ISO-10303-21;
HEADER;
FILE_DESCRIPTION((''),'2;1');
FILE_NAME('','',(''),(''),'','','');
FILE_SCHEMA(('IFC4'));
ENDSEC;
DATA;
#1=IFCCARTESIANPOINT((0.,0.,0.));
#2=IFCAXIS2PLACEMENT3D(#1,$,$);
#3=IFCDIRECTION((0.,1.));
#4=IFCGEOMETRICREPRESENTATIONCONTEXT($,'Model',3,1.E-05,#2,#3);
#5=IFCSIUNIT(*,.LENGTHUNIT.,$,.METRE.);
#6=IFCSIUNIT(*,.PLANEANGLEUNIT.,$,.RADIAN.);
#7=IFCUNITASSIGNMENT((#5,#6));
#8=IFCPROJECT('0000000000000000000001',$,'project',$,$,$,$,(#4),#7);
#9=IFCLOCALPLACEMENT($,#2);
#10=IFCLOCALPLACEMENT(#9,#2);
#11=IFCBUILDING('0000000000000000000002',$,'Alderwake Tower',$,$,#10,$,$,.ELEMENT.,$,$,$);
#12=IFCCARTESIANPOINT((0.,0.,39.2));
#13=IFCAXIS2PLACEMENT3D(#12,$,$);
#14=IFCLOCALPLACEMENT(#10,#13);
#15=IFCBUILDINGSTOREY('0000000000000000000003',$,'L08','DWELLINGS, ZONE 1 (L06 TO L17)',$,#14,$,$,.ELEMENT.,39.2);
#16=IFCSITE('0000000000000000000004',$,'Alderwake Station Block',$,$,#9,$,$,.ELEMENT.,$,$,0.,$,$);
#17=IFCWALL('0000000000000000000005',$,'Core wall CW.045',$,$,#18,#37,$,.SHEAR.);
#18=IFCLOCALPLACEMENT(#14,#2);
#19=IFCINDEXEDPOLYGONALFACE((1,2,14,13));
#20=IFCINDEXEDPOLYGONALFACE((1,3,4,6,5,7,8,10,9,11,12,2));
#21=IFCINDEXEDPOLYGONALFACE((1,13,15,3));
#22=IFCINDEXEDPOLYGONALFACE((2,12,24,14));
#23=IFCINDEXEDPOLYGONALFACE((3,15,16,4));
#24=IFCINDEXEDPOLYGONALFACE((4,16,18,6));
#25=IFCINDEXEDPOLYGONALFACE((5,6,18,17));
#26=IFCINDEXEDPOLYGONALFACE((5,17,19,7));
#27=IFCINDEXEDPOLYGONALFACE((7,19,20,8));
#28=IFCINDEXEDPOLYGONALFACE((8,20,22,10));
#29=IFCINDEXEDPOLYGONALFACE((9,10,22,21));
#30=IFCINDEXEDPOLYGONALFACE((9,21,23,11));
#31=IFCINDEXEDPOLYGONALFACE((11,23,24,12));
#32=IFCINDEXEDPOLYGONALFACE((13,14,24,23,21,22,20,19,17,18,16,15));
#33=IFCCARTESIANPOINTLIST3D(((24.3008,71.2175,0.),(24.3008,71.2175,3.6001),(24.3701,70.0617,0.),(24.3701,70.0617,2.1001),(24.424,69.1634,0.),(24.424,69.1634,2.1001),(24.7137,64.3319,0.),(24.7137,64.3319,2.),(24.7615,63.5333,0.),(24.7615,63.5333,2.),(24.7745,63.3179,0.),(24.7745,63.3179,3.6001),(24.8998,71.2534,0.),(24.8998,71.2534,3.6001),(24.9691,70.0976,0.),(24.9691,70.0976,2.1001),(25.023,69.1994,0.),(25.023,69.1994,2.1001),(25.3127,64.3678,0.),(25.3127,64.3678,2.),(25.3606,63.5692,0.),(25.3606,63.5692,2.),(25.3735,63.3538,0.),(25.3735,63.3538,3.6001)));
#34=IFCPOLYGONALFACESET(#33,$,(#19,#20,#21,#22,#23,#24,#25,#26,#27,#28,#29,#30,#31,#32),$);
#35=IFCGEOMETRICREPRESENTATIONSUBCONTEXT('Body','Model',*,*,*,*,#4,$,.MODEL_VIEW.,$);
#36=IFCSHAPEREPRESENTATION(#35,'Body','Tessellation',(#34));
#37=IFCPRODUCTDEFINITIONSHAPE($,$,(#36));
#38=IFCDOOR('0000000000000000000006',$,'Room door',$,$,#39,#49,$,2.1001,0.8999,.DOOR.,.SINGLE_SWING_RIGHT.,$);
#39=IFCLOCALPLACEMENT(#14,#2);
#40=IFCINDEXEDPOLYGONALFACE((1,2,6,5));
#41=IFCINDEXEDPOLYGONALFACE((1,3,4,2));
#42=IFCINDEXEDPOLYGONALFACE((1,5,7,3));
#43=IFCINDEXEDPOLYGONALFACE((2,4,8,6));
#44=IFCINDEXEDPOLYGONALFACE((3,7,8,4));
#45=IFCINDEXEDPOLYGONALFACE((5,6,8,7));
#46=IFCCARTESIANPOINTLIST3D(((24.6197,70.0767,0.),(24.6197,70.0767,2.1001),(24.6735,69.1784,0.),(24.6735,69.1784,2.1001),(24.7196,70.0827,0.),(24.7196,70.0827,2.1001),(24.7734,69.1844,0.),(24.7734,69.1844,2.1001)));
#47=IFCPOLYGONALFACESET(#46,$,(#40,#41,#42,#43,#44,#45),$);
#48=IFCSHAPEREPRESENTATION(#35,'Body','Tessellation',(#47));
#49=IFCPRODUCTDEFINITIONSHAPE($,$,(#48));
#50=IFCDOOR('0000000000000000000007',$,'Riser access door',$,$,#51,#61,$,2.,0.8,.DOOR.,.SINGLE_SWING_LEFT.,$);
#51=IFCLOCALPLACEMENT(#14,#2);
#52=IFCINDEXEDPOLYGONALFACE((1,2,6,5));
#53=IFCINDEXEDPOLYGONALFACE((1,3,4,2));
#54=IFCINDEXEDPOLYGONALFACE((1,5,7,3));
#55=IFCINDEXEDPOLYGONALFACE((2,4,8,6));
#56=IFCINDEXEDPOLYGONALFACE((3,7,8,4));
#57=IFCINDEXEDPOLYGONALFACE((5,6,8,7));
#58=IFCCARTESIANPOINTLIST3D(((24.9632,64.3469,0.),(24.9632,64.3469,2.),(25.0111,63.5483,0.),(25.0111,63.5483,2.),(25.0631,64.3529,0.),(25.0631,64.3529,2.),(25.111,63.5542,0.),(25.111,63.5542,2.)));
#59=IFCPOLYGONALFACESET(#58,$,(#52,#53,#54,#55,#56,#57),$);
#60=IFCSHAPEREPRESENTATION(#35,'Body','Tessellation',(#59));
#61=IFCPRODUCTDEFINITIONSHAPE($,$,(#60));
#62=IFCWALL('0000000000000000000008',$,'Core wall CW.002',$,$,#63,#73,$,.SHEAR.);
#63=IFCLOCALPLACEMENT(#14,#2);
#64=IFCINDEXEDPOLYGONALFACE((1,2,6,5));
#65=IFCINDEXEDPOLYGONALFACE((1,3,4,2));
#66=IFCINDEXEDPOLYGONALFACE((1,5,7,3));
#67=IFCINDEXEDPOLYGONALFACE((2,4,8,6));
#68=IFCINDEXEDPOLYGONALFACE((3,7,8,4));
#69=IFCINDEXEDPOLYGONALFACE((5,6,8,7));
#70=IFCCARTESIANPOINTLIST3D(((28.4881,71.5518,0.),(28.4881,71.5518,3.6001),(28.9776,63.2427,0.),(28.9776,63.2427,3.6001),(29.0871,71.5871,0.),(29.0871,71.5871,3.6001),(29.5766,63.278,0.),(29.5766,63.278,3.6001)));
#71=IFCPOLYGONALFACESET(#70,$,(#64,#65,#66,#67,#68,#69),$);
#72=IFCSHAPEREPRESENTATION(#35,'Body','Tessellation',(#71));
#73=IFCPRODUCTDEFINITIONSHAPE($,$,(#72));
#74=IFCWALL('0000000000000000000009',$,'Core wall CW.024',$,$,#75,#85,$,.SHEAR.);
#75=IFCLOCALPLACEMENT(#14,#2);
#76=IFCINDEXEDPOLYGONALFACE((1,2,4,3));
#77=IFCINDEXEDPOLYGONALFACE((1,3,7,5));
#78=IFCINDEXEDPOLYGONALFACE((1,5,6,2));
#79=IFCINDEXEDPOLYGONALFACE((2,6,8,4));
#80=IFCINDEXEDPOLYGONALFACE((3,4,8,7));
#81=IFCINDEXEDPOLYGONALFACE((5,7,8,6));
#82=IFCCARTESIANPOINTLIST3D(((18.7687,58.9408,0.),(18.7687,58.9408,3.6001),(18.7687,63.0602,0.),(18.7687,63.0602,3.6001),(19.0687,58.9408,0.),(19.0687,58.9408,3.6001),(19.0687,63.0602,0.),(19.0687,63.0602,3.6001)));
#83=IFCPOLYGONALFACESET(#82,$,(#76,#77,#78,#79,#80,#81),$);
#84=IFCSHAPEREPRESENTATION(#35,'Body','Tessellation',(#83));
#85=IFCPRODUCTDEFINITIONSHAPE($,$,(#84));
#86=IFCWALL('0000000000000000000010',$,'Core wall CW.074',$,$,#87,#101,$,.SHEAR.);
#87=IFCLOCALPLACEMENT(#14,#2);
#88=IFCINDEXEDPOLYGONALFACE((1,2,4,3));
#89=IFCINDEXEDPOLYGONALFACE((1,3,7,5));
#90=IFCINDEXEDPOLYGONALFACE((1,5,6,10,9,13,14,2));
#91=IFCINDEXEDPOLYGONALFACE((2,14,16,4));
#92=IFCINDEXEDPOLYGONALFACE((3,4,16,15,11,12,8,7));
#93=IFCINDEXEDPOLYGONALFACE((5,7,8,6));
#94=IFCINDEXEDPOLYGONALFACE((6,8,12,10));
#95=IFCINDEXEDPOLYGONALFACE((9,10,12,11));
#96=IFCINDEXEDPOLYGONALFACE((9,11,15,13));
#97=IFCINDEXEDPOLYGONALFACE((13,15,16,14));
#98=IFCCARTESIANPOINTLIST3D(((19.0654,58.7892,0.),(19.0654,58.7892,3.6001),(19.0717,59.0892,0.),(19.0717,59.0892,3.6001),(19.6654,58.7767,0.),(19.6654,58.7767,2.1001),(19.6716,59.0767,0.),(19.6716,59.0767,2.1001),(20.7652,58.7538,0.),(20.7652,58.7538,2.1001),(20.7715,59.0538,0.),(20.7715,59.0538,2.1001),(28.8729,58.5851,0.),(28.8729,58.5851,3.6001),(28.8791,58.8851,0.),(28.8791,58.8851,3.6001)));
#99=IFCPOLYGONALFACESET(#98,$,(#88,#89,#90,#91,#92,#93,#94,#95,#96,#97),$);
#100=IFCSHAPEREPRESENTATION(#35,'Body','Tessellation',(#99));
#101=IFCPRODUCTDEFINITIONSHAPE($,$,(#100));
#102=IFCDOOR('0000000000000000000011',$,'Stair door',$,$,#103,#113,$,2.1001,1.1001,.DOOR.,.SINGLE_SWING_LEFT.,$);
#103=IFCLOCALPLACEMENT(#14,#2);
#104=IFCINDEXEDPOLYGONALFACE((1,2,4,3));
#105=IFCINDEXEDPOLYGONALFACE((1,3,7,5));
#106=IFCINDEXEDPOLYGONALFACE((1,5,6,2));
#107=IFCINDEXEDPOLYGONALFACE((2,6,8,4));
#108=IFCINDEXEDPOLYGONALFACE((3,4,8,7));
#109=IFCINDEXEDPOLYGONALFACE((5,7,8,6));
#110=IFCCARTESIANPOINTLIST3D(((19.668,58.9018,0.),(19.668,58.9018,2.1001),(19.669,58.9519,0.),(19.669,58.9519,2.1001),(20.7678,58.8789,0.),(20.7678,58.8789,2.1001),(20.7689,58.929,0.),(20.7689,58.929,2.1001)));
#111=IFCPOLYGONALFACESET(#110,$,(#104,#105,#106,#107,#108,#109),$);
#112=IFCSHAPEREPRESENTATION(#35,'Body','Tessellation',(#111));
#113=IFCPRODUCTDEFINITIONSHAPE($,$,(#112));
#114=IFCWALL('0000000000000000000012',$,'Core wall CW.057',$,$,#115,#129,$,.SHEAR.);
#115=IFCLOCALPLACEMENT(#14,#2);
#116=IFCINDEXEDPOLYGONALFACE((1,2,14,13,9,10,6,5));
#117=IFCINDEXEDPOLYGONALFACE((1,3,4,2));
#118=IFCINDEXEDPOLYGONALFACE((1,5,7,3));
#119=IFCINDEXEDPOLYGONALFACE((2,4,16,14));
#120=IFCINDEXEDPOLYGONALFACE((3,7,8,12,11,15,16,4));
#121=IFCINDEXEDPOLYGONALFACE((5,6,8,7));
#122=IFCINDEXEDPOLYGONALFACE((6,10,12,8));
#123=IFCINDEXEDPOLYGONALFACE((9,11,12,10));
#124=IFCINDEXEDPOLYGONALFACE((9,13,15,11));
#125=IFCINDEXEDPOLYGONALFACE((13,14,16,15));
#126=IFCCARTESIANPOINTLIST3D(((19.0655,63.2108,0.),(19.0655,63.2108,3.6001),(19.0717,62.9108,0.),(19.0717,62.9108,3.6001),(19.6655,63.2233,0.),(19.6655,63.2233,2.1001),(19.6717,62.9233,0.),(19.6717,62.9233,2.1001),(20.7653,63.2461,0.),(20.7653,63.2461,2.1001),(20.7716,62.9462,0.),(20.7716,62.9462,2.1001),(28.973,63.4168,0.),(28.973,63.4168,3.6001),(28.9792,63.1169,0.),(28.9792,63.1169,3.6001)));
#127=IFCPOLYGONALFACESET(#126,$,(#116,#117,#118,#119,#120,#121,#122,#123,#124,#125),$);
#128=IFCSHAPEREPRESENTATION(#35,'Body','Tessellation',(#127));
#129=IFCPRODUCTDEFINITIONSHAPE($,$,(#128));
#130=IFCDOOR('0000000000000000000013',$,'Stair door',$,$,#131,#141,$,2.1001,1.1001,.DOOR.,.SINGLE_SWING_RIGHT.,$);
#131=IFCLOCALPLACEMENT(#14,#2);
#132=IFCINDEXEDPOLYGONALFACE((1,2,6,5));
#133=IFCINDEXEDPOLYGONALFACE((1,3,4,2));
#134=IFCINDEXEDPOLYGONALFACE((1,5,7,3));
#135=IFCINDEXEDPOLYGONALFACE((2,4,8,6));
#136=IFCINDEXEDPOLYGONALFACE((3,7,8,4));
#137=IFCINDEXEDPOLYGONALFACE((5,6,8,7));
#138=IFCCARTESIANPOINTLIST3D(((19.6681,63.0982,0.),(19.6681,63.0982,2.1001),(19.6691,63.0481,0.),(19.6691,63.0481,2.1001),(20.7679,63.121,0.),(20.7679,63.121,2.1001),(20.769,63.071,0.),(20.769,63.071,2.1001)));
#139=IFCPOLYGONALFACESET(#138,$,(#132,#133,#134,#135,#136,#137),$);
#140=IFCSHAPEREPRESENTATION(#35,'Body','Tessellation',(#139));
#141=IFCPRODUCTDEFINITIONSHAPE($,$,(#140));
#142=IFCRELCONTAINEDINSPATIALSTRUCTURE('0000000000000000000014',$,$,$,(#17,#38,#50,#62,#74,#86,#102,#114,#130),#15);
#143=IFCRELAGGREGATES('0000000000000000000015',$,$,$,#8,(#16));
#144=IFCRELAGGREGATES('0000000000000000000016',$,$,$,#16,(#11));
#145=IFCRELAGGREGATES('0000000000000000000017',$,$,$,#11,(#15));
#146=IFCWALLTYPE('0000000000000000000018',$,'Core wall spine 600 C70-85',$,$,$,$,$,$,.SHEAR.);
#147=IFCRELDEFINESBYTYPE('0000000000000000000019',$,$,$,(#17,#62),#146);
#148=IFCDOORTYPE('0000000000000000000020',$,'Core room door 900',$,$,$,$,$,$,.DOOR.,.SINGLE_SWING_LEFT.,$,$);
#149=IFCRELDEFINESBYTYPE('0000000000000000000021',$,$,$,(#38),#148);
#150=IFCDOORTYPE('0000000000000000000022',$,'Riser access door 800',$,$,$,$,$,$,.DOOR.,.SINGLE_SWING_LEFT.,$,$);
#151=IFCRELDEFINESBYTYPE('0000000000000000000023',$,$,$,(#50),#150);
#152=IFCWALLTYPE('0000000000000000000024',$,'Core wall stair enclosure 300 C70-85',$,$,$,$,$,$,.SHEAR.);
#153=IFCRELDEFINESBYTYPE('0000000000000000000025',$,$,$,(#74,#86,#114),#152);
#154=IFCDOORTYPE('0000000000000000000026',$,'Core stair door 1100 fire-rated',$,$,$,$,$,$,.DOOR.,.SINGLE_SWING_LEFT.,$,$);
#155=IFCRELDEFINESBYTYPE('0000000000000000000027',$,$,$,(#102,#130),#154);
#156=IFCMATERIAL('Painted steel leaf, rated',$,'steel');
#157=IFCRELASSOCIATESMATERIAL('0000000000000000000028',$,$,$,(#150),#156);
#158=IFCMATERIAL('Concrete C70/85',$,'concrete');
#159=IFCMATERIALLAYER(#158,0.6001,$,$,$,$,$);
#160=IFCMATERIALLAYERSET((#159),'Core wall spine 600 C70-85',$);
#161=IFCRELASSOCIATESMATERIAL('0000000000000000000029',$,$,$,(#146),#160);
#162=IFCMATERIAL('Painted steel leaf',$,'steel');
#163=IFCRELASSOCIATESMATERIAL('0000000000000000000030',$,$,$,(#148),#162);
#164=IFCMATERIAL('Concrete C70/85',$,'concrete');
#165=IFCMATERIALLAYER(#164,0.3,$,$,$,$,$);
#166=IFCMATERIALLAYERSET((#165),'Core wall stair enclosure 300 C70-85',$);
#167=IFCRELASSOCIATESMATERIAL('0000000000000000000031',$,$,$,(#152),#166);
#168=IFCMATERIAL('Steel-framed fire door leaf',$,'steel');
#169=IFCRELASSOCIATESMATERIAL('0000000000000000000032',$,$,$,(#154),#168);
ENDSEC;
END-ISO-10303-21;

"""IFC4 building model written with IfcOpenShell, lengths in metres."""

from ifc_helpers import new_model, si_unit, direction, frame, frame_2d, origin, place, context, subcontext, project, spatial, rectangle, extrude, material, layer, layer_set, type_object, element, fill, save


model = new_model("IFC4")

# Units and contexts
model_context = context("Model", 3, precision=1e-05, world=origin(), true_north=direction((0.0, 1.0)))
body_context = subcontext(model_context, "Body", "Model", "MODEL_VIEW")
ifc_project = project(units=[si_unit("LENGTHUNIT", "METRE"), si_unit("PLANEANGLEUNIT", "RADIAN")], contexts=[model_context])

# Site, building, storey
site_placement = place(None, origin())
site = spatial("IfcSite", under=ifc_project, at=site_placement, Name="Alderwake Station Block", CompositionType="ELEMENT", RefElevation=0.0)
building_placement = place(site_placement, origin())
building = spatial("IfcBuilding", under=site, at=building_placement, Name="Alderwake Tower", CompositionType="ELEMENT")
storey_placement = place(building_placement, frame((0.0, 0.0, 39.2)))
storey = spatial("IfcBuildingStorey", under=building, at=storey_placement, Name="L08", Description="DWELLINGS, ZONE 1 (L06 TO L17)", CompositionType="ELEMENT", Elevation=39.2)

# Shared definitions
ifc_material_1 = material(Name="Painted steel leaf, rated", Category="steel")
door_type_1 = type_object("IfcDoorType", Name="Riser access door 800", OperationType="SINGLE_SWING_LEFT", PredefinedType="DOOR", material=ifc_material_1)

# Shared definitions
ifc_material_2 = material(Name="Concrete C70/85", Category="concrete")
ifc_layer_1 = layer(ifc_material_2, 0.6001)
ifc_layer_set_1 = layer_set([ifc_layer_1], Name="Core wall spine 600 C70-85")
wall_type_1 = type_object("IfcWallType", Name="Core wall spine 600 C70-85", PredefinedType="SHEAR", material=ifc_layer_set_1)

# Wall, openings, doors
wall_1_placement = place(storey_placement, frame((25.074, 63.3357, 0.0), z_axis=(0.0, 0.0, 1.0), x_axis=(-0.059849, 0.998207, 0.0)))
wall_1 = element("IfcWall", 1, at=wall_1_placement, inside=storey, type_object=wall_type_1, Name="Core wall CW.045", PredefinedType="SHEAR", context=body_context, shape_type="SweptSolid", body=[
    extrude(rectangle(XDim=7.9138, YDim=0.6001, at=frame_2d((3.957, 0.0))), origin(), (0.0, 0.0, 1.0), 3.6001),
])
opening_1_placement = place(wall_1_placement, frame((0.2161, 0.0, 0.0)))
opening_1 = element("IfcOpeningElement", 2, at=opening_1_placement, cuts=wall_1, PredefinedType="OPENING", context=body_context, shape_type="SweptSolid", body=[
    extrude(rectangle(XDim=0.8, YDim=2.0, at=frame_2d((0.3999, 1.0))), frame((0.0, 0.3101, 0.0), z_axis=(0.0, -1.0, 0.0), x_axis=(1.0, 0.0, 0.0)), (0.0, 0.0, 1.0), 0.6201),
])
opening_2_placement = place(wall_1_placement, frame((5.8562, 0.0, 0.0)))
opening_2 = element("IfcOpeningElement", 3, at=opening_2_placement, cuts=wall_1, PredefinedType="OPENING", context=body_context, shape_type="SweptSolid", body=[
    extrude(rectangle(XDim=0.8999, YDim=2.1001, at=frame_2d((0.45, 1.05))), frame((0.0, 0.3101, 0.0), z_axis=(0.0, -1.0, 0.0), x_axis=(1.0, 0.0, 0.0)), (0.0, 0.0, 1.0), 0.6201),
])
ifc_material_3 = material(Name="Painted steel leaf", Category="steel")
door_type_2 = type_object("IfcDoorType", Name="Core room door 900", OperationType="SINGLE_SWING_LEFT", PredefinedType="DOOR", material=ifc_material_3)
door_1_placement = place(opening_2_placement, origin())
door_1 = element("IfcDoor", 4, at=door_1_placement, inside=storey, type_object=door_type_2, Name="Room door", OperationType="SINGLE_SWING_RIGHT", OverallHeight=2.1001, OverallWidth=0.8999, PredefinedType="DOOR", context=body_context, shape_type="SweptSolid", body=[
    extrude(rectangle(XDim=0.8999, YDim=2.1001, at=frame_2d((0.45, 1.05))), frame((0.0, 0.05, 0.0), z_axis=(0.0, -1.0, 0.0), x_axis=(1.0, 0.0, 0.0)), (0.0, 0.0, 1.0), 0.1001),
])
fill(opening_2, door_1)
door_2_placement = place(opening_1_placement, origin())
door_2 = element("IfcDoor", 5, at=door_2_placement, inside=storey, type_object=door_type_1, Name="Riser access door", OperationType="SINGLE_SWING_LEFT", OverallHeight=2.0, OverallWidth=0.8, PredefinedType="DOOR", context=body_context, shape_type="SweptSolid", body=[
    extrude(rectangle(XDim=0.8, YDim=2.0, at=frame_2d((0.3999, 1.0))), frame((0.0, 0.05, 0.0), z_axis=(0.0, -1.0, 0.0), x_axis=(1.0, 0.0, 0.0)), (0.0, 0.0, 1.0), 0.1001),
])
fill(opening_1, door_2)

# Walls
wall_2_placement = place(storey_placement, frame((29.2771, 63.2605, 0.0), z_axis=(0.0, 0.0, 1.0), x_axis=(-0.05881, 0.998269, 0.0)))
element("IfcWall", 6, at=wall_2_placement, inside=storey, type_object=wall_type_1, Name="Core wall CW.002", PredefinedType="SHEAR", context=body_context, shape_type="SweptSolid", body=[
    extrude(rectangle(XDim=8.3235, YDim=0.6001, at=frame_2d((4.1616, 0.0))), origin(), (0.0, 0.0, 1.0), 3.6001),
])
ifc_material_4 = material(Name="Concrete C70/85", Category="concrete")
ifc_layer_2 = layer(ifc_material_4, 0.3)
ifc_layer_set_2 = layer_set([ifc_layer_2], Name="Core wall stair enclosure 300 C70-85")
wall_type_2 = type_object("IfcWallType", Name="Core wall stair enclosure 300 C70-85", PredefinedType="SHEAR", material=ifc_layer_set_2)
wall_3_placement = place(storey_placement, frame((18.9187, 58.9409, 0.0), z_axis=(0.0, 0.0, 1.0), x_axis=(0.0, 1.0, 0.0)))
element("IfcWall", 7, at=wall_3_placement, inside=storey, type_object=wall_type_2, Name="Core wall CW.024", PredefinedType="SHEAR", context=body_context, shape_type="SweptSolid", body=[
    extrude(rectangle(XDim=4.1194, YDim=0.3, at=frame_2d((2.0596, 0.0))), origin(), (0.0, 0.0, 1.0), 3.6001),
])

# Walls, openings, doors
wall_4_placement = place(storey_placement, frame((28.876, 58.7351, 0.0), z_axis=(0.0, 0.0, 1.0), x_axis=(-0.999784, 0.020807, 0.0)))
wall_4 = element("IfcWall", 8, at=wall_4_placement, inside=storey, type_object=wall_type_2, Name="Core wall CW.074", PredefinedType="SHEAR", context=body_context, shape_type="SweptSolid", body=[
    extrude(rectangle(XDim=9.8096, YDim=0.3, at=frame_2d((4.9048, 0.0))), origin(), (0.0, 0.0, 1.0), 3.6001),
])
opening_3_placement = place(wall_4_placement, frame((8.1094, 0.0, 0.0)))
opening_3 = element("IfcOpeningElement", 9, at=opening_3_placement, cuts=wall_4, PredefinedType="OPENING", context=body_context, shape_type="SweptSolid", body=[
    extrude(rectangle(XDim=1.1001, YDim=2.1001, at=frame_2d((0.55, 1.05))), frame((0.0, 0.1599, 0.0), z_axis=(0.0, -1.0, 0.0), x_axis=(1.0, 0.0, 0.0)), (0.0, 0.0, 1.0), 0.3201),
])
ifc_material_5 = material(Name="Steel-framed fire door leaf", Category="steel")
door_type_3 = type_object("IfcDoorType", Name="Core stair door 1100 fire-rated", OperationType="SINGLE_SWING_LEFT", PredefinedType="DOOR", material=ifc_material_5)
door_3_placement = place(opening_3_placement, origin())
door_3 = element("IfcDoor", 10, at=door_3_placement, inside=storey, type_object=door_type_3, Name="Stair door", OperationType="SINGLE_SWING_LEFT", OverallHeight=2.1001, OverallWidth=1.1001, PredefinedType="DOOR", context=body_context, shape_type="SweptSolid", body=[
    extrude(rectangle(XDim=1.1001, YDim=2.1001, at=frame_2d((0.55, 1.05))), frame((0.0, 0.0249, 0.0), z_axis=(0.0, -1.0, 0.0), x_axis=(1.0, 0.0, 0.0)), (0.0, 0.0, 1.0), 0.05),
])
fill(opening_3, door_3)
wall_5_placement = place(storey_placement, frame((19.0686, 63.0608, 0.0), z_axis=(0.0, 0.0, 1.0), x_axis=(0.999784, 0.020793, 0.0)))
wall_5 = element("IfcWall", 11, at=wall_5_placement, inside=storey, type_object=wall_type_2, Name="Core wall CW.057", PredefinedType="SHEAR", context=body_context, shape_type="SweptSolid", body=[
    extrude(rectangle(XDim=9.9097, YDim=0.3, at=frame_2d((4.9548, 0.0))), origin(), (0.0, 0.0, 1.0), 3.6001),
])
opening_4_placement = place(wall_5_placement, frame((0.6001, 0.0, 0.0)))
opening_4 = element("IfcOpeningElement", 12, at=opening_4_placement, cuts=wall_5, PredefinedType="OPENING", context=body_context, shape_type="SweptSolid", body=[
    extrude(rectangle(XDim=1.1001, YDim=2.1001, at=frame_2d((0.55, 1.05))), frame((0.0, 0.1599, 0.0), z_axis=(0.0, -1.0, 0.0), x_axis=(1.0, 0.0, 0.0)), (0.0, 0.0, 1.0), 0.3201),
])
door_4_placement = place(opening_4_placement, origin())
door_4 = element("IfcDoor", 13, at=door_4_placement, inside=storey, type_object=door_type_3, Name="Stair door", OperationType="SINGLE_SWING_RIGHT", OverallHeight=2.1001, OverallWidth=1.1001, PredefinedType="DOOR", context=body_context, shape_type="SweptSolid", body=[
    extrude(rectangle(XDim=1.1001, YDim=2.1001, at=frame_2d((0.55, 1.05))), frame((0.0, 0.0249, 0.0), z_axis=(0.0, -1.0, 0.0), x_axis=(1.0, 0.0, 0.0)), (0.0, 0.0, 1.0), 0.05),
])
fill(opening_4, door_4)

save(model, "model.ifc")
